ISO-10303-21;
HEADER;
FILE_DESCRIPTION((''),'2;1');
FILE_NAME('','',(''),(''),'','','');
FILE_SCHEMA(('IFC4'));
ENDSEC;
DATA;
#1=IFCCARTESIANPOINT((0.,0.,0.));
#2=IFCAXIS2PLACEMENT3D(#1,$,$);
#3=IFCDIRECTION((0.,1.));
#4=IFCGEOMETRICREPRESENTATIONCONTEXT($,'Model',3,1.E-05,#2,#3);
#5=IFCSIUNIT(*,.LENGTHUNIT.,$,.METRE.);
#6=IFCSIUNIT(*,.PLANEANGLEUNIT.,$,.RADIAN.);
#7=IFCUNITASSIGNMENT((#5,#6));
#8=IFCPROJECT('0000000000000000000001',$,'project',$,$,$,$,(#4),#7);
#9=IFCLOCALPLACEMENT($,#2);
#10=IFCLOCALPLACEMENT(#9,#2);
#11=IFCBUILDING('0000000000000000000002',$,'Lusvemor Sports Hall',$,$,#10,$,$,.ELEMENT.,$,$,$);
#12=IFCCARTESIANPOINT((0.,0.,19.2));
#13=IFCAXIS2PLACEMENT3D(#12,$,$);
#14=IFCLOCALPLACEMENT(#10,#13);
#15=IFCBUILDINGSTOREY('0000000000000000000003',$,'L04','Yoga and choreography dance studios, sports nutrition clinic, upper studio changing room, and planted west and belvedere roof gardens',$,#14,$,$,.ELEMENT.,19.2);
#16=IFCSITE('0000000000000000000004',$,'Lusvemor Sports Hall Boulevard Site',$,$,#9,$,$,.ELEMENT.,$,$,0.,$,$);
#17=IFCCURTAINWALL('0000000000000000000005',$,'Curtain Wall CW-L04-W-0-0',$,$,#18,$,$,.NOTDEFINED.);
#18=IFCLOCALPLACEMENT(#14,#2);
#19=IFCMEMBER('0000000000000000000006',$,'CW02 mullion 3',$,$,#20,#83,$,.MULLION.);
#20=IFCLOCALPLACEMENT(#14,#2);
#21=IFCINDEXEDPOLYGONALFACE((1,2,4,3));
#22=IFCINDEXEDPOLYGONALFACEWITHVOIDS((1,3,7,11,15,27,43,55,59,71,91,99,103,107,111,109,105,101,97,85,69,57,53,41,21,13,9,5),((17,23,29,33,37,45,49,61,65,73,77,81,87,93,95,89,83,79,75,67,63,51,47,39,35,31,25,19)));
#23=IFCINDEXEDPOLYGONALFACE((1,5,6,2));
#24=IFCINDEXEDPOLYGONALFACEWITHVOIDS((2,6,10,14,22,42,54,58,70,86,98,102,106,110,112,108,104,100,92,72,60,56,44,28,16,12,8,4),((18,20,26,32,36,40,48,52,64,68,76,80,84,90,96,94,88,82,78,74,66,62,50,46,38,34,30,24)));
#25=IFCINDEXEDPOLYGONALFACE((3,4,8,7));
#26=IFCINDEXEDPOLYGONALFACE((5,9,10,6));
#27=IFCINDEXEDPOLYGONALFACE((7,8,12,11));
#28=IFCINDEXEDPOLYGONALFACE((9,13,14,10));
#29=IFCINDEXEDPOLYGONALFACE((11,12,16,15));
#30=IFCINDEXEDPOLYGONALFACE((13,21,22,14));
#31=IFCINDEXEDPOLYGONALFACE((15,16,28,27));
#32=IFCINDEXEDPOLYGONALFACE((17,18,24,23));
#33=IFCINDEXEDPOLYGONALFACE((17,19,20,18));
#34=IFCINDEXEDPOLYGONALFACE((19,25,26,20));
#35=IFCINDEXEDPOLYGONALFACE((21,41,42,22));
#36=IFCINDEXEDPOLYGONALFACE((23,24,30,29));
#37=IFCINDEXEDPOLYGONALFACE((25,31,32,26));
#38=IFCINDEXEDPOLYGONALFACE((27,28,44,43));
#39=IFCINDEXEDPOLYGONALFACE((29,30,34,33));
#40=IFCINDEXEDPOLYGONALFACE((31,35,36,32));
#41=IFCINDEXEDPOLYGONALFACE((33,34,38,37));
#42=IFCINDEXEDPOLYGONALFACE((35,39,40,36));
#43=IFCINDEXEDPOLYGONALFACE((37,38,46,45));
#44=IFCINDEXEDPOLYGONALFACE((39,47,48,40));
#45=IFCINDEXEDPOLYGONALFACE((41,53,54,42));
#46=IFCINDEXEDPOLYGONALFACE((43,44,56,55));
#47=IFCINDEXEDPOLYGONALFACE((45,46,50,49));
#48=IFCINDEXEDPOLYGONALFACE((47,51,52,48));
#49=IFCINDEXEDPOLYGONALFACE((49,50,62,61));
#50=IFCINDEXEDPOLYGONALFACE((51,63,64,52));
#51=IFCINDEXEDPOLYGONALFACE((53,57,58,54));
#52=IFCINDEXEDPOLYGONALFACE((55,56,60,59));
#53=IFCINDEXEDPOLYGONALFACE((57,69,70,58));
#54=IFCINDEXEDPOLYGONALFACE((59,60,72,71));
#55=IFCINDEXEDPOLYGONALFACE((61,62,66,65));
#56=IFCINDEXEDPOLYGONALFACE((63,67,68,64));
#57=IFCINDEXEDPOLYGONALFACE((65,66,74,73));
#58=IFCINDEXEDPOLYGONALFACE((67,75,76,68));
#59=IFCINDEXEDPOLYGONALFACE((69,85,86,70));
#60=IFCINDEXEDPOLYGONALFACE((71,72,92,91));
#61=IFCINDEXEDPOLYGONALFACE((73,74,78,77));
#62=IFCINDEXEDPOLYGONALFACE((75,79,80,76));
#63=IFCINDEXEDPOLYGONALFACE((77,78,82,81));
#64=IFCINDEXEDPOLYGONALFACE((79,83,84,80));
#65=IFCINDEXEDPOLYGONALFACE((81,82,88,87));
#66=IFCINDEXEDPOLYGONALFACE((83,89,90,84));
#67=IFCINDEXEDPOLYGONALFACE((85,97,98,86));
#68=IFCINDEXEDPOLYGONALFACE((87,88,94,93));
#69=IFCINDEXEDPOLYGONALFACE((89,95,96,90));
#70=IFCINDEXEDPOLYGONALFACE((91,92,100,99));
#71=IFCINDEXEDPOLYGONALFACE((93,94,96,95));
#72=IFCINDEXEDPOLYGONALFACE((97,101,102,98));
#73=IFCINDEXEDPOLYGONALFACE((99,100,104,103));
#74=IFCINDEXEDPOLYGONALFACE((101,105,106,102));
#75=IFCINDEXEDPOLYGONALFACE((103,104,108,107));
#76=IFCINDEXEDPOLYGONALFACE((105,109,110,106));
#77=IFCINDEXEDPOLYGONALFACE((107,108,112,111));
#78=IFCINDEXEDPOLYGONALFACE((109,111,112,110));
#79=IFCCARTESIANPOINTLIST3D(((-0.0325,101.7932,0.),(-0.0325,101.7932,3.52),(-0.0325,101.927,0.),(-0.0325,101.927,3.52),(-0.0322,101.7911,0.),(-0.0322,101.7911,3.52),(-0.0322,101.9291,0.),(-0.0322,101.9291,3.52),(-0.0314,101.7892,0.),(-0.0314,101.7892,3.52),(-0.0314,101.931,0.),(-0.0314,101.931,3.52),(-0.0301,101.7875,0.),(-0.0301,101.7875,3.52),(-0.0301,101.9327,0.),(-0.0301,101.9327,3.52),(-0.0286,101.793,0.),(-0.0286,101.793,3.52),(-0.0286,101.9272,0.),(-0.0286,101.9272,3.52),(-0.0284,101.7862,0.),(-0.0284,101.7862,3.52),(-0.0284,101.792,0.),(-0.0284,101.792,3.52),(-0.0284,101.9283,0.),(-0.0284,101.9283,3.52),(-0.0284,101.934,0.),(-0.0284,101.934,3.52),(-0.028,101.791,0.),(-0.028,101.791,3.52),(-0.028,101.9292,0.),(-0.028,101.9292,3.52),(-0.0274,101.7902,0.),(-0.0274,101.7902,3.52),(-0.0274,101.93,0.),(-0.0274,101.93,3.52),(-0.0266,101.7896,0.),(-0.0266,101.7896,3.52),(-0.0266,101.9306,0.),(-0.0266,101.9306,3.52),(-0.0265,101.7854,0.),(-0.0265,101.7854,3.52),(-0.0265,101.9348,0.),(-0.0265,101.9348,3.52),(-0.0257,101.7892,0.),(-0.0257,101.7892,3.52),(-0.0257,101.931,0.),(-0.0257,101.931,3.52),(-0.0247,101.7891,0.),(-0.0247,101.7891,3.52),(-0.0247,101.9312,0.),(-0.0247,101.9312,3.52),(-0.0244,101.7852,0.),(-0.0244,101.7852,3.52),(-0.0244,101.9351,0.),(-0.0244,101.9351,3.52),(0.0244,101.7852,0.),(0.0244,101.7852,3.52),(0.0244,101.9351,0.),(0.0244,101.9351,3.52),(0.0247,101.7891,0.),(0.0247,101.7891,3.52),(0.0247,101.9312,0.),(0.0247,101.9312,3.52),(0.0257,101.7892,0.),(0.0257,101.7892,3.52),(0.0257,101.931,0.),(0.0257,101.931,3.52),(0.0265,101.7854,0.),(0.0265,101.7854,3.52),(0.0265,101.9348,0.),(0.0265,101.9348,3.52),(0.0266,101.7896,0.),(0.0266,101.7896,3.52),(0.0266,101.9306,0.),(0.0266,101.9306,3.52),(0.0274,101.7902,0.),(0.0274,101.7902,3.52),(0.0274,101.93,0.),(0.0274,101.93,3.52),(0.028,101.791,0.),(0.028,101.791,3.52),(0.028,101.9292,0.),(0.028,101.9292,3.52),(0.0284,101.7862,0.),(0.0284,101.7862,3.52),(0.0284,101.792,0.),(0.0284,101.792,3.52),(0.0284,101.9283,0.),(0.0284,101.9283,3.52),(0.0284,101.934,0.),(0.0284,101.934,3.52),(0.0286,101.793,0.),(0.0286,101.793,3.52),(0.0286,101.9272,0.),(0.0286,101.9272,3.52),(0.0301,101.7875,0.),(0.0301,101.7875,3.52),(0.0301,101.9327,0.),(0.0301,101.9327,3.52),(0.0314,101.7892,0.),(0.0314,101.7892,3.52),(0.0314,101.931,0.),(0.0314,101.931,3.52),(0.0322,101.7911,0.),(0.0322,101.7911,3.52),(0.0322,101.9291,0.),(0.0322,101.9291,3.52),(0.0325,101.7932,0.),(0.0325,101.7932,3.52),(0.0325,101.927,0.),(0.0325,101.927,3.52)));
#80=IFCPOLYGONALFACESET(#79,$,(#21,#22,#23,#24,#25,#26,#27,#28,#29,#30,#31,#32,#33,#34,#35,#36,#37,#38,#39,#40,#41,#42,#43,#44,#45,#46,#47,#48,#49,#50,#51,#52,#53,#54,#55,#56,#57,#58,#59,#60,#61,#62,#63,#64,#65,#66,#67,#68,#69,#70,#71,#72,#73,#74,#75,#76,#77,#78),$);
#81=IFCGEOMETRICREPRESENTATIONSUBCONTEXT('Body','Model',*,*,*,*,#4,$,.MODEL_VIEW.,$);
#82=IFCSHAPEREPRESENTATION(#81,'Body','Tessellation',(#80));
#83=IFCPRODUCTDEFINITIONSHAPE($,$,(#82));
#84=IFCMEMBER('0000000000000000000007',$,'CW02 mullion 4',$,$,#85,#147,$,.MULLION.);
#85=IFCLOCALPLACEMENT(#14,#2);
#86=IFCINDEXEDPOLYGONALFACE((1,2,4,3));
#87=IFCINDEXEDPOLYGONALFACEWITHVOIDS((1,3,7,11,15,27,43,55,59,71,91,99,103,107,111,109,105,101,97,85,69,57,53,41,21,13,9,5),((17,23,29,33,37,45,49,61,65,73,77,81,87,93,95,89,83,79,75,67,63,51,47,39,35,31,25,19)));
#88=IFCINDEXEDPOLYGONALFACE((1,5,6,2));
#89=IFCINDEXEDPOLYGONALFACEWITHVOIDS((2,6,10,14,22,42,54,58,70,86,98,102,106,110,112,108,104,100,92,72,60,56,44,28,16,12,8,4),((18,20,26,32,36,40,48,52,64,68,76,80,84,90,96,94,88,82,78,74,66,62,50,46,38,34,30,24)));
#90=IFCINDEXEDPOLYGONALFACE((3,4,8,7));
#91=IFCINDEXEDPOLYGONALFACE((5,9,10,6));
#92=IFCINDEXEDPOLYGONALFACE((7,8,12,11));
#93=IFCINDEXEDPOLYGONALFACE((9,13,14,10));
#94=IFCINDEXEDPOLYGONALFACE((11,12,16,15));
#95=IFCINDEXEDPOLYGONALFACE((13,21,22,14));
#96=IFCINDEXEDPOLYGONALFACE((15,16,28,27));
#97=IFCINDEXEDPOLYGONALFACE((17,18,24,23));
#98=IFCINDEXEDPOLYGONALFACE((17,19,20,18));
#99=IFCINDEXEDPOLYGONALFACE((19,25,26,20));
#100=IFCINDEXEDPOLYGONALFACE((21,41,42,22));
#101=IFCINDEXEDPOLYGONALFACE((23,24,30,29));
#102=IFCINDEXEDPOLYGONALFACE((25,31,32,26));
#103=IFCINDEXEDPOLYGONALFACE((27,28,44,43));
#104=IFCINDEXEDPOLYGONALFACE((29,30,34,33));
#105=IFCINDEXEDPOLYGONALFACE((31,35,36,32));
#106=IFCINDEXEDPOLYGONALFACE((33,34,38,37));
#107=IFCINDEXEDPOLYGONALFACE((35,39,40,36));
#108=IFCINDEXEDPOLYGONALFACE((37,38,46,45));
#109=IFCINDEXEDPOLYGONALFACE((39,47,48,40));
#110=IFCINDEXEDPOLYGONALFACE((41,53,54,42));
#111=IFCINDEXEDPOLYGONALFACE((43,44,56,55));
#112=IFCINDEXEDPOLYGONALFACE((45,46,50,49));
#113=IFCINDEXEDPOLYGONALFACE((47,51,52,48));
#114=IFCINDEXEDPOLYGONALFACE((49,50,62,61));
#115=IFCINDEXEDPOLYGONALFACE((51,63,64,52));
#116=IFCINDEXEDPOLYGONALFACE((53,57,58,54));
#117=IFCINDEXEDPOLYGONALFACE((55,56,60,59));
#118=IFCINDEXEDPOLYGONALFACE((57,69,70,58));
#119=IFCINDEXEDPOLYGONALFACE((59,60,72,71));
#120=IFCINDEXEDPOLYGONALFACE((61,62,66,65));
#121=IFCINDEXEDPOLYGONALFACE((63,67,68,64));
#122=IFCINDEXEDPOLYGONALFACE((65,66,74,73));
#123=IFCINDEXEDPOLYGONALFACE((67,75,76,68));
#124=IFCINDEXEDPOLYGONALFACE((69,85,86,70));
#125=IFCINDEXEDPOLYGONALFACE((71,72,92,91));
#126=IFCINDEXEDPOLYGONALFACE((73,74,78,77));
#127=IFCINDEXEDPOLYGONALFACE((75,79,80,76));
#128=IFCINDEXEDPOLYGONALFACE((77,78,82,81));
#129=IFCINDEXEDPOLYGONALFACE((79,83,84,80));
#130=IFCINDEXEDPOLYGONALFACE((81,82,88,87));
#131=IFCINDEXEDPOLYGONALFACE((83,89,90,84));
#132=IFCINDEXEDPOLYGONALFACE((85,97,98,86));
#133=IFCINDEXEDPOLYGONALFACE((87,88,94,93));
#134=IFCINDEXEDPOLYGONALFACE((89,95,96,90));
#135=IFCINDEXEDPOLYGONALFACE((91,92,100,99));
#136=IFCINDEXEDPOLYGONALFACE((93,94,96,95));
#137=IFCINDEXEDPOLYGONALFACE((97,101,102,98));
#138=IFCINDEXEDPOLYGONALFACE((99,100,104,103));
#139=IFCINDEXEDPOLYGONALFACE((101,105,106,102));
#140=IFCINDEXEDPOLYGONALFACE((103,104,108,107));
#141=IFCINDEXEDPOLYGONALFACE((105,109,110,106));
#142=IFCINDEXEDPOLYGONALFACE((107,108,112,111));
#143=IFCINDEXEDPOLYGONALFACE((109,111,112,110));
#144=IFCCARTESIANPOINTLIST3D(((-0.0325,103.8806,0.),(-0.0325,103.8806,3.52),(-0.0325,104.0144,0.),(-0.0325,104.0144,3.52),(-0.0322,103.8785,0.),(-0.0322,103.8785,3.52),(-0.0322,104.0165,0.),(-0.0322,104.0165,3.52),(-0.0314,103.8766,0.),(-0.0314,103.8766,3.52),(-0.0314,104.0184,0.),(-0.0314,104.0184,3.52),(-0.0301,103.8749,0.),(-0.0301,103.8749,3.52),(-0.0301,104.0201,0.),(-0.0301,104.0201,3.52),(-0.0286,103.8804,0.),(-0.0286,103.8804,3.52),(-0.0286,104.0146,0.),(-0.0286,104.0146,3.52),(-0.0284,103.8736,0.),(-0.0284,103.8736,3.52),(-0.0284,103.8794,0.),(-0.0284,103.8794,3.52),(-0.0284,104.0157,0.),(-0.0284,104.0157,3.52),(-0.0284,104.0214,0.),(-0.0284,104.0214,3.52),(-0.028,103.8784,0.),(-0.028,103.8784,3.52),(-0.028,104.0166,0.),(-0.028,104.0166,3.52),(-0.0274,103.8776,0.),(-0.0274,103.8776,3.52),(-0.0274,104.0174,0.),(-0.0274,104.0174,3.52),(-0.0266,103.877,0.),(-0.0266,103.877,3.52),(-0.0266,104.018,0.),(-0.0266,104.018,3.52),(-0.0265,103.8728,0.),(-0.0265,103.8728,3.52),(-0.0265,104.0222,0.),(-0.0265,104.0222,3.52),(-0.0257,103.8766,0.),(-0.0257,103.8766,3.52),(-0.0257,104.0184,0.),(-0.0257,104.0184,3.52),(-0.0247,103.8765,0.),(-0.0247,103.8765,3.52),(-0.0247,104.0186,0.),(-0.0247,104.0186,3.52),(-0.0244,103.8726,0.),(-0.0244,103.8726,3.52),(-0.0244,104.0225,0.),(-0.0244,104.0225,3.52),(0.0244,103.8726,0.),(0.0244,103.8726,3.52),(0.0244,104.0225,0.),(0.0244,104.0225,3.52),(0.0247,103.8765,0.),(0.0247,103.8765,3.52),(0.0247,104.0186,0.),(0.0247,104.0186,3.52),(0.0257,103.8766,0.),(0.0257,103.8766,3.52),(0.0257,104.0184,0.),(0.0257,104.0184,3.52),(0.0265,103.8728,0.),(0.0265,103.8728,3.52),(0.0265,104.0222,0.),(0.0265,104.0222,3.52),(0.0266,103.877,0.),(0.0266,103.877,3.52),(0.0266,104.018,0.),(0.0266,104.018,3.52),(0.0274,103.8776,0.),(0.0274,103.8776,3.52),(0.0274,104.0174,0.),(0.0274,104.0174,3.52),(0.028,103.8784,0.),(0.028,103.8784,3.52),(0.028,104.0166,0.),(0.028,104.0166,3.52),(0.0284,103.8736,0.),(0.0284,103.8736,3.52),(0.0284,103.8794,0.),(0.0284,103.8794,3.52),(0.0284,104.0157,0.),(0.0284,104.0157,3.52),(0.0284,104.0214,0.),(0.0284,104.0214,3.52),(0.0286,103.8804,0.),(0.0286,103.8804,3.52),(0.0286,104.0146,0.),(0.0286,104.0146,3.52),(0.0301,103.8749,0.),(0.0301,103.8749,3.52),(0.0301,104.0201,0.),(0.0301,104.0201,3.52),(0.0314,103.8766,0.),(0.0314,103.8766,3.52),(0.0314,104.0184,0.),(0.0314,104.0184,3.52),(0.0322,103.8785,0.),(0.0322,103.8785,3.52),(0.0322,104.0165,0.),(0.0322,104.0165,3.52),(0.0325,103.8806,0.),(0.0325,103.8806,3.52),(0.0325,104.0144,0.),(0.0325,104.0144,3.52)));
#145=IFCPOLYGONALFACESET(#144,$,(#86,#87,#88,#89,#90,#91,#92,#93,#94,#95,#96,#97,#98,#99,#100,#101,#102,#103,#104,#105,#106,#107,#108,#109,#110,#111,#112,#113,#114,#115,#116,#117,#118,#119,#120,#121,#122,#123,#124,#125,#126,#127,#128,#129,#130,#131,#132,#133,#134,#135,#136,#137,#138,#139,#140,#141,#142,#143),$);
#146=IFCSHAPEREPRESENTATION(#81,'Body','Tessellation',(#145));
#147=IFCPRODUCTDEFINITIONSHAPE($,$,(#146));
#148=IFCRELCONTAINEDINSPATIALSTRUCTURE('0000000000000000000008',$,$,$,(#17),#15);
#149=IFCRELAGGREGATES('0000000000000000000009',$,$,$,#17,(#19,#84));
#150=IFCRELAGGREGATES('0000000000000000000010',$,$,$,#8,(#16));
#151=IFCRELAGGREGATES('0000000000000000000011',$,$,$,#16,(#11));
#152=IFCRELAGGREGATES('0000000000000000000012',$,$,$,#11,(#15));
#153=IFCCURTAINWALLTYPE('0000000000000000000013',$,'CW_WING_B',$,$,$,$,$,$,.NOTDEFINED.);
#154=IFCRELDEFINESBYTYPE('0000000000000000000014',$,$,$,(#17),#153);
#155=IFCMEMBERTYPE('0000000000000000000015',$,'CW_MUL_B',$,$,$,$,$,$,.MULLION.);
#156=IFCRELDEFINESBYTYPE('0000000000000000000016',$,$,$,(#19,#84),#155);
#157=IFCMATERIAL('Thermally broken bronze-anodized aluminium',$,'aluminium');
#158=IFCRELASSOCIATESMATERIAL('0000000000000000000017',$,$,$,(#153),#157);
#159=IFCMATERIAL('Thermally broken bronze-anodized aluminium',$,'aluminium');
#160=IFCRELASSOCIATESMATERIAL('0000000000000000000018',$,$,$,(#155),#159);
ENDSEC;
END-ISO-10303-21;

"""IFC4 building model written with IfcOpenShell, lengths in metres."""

from ifc_helpers import new_model, si_unit, direction, frame, origin, origin_2d, place, context, subcontext, project, spatial, hollow_rectangle, extrude, material, material_profile, profile_set, type_object, element, aggregate, save


model = new_model("IFC4")

# Units and contexts
model_context = context("Model", 3, precision=1e-05, world=origin(), true_north=direction((0.0, 1.0)))
body_context = subcontext(model_context, "Body", "Model", "MODEL_VIEW")
ifc_project = project(units=[si_unit("LENGTHUNIT", "METRE"), si_unit("PLANEANGLEUNIT", "RADIAN")], contexts=[model_context])

# Site, building, storey
site_placement = place(None, origin())
site = spatial("IfcSite", under=ifc_project, at=site_placement, Name="Lusvemor Sports Hall Boulevard Site", CompositionType="ELEMENT", RefElevation=0.0)
building_placement = place(site_placement, origin())
building = spatial("IfcBuilding", under=site, at=building_placement, Name="Lusvemor Sports Hall", CompositionType="ELEMENT")
storey_placement = place(building_placement, frame((0.0, 0.0, 19.2)))
storey = spatial("IfcBuildingStorey", under=building, at=storey_placement, Name="L04", Description="Yoga and choreography dance studios, sports nutrition clinic, upper studio changing room, and planted west and belvedere roof gardens", CompositionType="ELEMENT", Elevation=19.2)

# Curtain wall, members
ifc_material_1 = material(Name="Thermally broken bronze-anodized aluminium", Category="aluminium")
curtain_wall_type = type_object("IfcCurtainWallType", Name="CW_WING_B", PredefinedType="NOTDEFINED", material=ifc_material_1)
curtain_wall_placement = place(storey_placement, origin())
curtain_wall = element("IfcCurtainWall", 1, at=curtain_wall_placement, inside=storey, type_object=curtain_wall_type, Name="Curtain Wall CW-L04-W-0-0", PredefinedType="NOTDEFINED")
ifc_material_2 = material(Name="Thermally broken bronze-anodized aluminium", Category="aluminium")
ifc_material_profile_1 = material_profile(ifc_material_2, hollow_rectangle(XDim=0.0649, YDim=0.1499, WallThickness=0.0039, InnerFilletRadius=0.0039, OuterFilletRadius=0.0081, at=origin_2d()), Name="CWMUL150x65x4")
ifc_profile_set_1 = profile_set([ifc_material_profile_1], Name="Thermally broken bronze-anodized aluminium")
member_type_1 = type_object("IfcMemberType", Name="CW_MUL_B", PredefinedType="MULLION", material=ifc_profile_set_1)
member_1_placement = place(storey_placement, frame((0.0, 101.8601, 0.0), z_axis=(0.0, 0.0, 1.0), x_axis=(-1.0, 0.0, 0.0)))
member_1 = element("IfcMember", 2, at=member_1_placement, type_object=member_type_1, Name="CW02 mullion 3", PredefinedType="MULLION", context=body_context, shape_type="SweptSolid", body=[
    extrude(hollow_rectangle(XDim=0.0649, YDim=0.1499, WallThickness=0.0039, InnerFilletRadius=0.0039, OuterFilletRadius=0.0081, at=origin_2d()), origin(), (0.0, 0.0, 1.0), 3.52),
])
member_2_placement = place(storey_placement, frame((0.0, 103.9475, 0.0), z_axis=(0.0, 0.0, 1.0), x_axis=(-1.0, 0.0, 0.0)))
member_2 = element("IfcMember", 3, at=member_2_placement, type_object=member_type_1, Name="CW02 mullion 4", PredefinedType="MULLION", context=body_context, shape_type="SweptSolid", body=[
    extrude(hollow_rectangle(XDim=0.0649, YDim=0.1499, WallThickness=0.0039, InnerFilletRadius=0.0039, OuterFilletRadius=0.0081, at=origin_2d()), origin(), (0.0, 0.0, 1.0), 3.52),
])

aggregate(curtain_wall, [member_1, member_2])

save(model, "model.ifc")
